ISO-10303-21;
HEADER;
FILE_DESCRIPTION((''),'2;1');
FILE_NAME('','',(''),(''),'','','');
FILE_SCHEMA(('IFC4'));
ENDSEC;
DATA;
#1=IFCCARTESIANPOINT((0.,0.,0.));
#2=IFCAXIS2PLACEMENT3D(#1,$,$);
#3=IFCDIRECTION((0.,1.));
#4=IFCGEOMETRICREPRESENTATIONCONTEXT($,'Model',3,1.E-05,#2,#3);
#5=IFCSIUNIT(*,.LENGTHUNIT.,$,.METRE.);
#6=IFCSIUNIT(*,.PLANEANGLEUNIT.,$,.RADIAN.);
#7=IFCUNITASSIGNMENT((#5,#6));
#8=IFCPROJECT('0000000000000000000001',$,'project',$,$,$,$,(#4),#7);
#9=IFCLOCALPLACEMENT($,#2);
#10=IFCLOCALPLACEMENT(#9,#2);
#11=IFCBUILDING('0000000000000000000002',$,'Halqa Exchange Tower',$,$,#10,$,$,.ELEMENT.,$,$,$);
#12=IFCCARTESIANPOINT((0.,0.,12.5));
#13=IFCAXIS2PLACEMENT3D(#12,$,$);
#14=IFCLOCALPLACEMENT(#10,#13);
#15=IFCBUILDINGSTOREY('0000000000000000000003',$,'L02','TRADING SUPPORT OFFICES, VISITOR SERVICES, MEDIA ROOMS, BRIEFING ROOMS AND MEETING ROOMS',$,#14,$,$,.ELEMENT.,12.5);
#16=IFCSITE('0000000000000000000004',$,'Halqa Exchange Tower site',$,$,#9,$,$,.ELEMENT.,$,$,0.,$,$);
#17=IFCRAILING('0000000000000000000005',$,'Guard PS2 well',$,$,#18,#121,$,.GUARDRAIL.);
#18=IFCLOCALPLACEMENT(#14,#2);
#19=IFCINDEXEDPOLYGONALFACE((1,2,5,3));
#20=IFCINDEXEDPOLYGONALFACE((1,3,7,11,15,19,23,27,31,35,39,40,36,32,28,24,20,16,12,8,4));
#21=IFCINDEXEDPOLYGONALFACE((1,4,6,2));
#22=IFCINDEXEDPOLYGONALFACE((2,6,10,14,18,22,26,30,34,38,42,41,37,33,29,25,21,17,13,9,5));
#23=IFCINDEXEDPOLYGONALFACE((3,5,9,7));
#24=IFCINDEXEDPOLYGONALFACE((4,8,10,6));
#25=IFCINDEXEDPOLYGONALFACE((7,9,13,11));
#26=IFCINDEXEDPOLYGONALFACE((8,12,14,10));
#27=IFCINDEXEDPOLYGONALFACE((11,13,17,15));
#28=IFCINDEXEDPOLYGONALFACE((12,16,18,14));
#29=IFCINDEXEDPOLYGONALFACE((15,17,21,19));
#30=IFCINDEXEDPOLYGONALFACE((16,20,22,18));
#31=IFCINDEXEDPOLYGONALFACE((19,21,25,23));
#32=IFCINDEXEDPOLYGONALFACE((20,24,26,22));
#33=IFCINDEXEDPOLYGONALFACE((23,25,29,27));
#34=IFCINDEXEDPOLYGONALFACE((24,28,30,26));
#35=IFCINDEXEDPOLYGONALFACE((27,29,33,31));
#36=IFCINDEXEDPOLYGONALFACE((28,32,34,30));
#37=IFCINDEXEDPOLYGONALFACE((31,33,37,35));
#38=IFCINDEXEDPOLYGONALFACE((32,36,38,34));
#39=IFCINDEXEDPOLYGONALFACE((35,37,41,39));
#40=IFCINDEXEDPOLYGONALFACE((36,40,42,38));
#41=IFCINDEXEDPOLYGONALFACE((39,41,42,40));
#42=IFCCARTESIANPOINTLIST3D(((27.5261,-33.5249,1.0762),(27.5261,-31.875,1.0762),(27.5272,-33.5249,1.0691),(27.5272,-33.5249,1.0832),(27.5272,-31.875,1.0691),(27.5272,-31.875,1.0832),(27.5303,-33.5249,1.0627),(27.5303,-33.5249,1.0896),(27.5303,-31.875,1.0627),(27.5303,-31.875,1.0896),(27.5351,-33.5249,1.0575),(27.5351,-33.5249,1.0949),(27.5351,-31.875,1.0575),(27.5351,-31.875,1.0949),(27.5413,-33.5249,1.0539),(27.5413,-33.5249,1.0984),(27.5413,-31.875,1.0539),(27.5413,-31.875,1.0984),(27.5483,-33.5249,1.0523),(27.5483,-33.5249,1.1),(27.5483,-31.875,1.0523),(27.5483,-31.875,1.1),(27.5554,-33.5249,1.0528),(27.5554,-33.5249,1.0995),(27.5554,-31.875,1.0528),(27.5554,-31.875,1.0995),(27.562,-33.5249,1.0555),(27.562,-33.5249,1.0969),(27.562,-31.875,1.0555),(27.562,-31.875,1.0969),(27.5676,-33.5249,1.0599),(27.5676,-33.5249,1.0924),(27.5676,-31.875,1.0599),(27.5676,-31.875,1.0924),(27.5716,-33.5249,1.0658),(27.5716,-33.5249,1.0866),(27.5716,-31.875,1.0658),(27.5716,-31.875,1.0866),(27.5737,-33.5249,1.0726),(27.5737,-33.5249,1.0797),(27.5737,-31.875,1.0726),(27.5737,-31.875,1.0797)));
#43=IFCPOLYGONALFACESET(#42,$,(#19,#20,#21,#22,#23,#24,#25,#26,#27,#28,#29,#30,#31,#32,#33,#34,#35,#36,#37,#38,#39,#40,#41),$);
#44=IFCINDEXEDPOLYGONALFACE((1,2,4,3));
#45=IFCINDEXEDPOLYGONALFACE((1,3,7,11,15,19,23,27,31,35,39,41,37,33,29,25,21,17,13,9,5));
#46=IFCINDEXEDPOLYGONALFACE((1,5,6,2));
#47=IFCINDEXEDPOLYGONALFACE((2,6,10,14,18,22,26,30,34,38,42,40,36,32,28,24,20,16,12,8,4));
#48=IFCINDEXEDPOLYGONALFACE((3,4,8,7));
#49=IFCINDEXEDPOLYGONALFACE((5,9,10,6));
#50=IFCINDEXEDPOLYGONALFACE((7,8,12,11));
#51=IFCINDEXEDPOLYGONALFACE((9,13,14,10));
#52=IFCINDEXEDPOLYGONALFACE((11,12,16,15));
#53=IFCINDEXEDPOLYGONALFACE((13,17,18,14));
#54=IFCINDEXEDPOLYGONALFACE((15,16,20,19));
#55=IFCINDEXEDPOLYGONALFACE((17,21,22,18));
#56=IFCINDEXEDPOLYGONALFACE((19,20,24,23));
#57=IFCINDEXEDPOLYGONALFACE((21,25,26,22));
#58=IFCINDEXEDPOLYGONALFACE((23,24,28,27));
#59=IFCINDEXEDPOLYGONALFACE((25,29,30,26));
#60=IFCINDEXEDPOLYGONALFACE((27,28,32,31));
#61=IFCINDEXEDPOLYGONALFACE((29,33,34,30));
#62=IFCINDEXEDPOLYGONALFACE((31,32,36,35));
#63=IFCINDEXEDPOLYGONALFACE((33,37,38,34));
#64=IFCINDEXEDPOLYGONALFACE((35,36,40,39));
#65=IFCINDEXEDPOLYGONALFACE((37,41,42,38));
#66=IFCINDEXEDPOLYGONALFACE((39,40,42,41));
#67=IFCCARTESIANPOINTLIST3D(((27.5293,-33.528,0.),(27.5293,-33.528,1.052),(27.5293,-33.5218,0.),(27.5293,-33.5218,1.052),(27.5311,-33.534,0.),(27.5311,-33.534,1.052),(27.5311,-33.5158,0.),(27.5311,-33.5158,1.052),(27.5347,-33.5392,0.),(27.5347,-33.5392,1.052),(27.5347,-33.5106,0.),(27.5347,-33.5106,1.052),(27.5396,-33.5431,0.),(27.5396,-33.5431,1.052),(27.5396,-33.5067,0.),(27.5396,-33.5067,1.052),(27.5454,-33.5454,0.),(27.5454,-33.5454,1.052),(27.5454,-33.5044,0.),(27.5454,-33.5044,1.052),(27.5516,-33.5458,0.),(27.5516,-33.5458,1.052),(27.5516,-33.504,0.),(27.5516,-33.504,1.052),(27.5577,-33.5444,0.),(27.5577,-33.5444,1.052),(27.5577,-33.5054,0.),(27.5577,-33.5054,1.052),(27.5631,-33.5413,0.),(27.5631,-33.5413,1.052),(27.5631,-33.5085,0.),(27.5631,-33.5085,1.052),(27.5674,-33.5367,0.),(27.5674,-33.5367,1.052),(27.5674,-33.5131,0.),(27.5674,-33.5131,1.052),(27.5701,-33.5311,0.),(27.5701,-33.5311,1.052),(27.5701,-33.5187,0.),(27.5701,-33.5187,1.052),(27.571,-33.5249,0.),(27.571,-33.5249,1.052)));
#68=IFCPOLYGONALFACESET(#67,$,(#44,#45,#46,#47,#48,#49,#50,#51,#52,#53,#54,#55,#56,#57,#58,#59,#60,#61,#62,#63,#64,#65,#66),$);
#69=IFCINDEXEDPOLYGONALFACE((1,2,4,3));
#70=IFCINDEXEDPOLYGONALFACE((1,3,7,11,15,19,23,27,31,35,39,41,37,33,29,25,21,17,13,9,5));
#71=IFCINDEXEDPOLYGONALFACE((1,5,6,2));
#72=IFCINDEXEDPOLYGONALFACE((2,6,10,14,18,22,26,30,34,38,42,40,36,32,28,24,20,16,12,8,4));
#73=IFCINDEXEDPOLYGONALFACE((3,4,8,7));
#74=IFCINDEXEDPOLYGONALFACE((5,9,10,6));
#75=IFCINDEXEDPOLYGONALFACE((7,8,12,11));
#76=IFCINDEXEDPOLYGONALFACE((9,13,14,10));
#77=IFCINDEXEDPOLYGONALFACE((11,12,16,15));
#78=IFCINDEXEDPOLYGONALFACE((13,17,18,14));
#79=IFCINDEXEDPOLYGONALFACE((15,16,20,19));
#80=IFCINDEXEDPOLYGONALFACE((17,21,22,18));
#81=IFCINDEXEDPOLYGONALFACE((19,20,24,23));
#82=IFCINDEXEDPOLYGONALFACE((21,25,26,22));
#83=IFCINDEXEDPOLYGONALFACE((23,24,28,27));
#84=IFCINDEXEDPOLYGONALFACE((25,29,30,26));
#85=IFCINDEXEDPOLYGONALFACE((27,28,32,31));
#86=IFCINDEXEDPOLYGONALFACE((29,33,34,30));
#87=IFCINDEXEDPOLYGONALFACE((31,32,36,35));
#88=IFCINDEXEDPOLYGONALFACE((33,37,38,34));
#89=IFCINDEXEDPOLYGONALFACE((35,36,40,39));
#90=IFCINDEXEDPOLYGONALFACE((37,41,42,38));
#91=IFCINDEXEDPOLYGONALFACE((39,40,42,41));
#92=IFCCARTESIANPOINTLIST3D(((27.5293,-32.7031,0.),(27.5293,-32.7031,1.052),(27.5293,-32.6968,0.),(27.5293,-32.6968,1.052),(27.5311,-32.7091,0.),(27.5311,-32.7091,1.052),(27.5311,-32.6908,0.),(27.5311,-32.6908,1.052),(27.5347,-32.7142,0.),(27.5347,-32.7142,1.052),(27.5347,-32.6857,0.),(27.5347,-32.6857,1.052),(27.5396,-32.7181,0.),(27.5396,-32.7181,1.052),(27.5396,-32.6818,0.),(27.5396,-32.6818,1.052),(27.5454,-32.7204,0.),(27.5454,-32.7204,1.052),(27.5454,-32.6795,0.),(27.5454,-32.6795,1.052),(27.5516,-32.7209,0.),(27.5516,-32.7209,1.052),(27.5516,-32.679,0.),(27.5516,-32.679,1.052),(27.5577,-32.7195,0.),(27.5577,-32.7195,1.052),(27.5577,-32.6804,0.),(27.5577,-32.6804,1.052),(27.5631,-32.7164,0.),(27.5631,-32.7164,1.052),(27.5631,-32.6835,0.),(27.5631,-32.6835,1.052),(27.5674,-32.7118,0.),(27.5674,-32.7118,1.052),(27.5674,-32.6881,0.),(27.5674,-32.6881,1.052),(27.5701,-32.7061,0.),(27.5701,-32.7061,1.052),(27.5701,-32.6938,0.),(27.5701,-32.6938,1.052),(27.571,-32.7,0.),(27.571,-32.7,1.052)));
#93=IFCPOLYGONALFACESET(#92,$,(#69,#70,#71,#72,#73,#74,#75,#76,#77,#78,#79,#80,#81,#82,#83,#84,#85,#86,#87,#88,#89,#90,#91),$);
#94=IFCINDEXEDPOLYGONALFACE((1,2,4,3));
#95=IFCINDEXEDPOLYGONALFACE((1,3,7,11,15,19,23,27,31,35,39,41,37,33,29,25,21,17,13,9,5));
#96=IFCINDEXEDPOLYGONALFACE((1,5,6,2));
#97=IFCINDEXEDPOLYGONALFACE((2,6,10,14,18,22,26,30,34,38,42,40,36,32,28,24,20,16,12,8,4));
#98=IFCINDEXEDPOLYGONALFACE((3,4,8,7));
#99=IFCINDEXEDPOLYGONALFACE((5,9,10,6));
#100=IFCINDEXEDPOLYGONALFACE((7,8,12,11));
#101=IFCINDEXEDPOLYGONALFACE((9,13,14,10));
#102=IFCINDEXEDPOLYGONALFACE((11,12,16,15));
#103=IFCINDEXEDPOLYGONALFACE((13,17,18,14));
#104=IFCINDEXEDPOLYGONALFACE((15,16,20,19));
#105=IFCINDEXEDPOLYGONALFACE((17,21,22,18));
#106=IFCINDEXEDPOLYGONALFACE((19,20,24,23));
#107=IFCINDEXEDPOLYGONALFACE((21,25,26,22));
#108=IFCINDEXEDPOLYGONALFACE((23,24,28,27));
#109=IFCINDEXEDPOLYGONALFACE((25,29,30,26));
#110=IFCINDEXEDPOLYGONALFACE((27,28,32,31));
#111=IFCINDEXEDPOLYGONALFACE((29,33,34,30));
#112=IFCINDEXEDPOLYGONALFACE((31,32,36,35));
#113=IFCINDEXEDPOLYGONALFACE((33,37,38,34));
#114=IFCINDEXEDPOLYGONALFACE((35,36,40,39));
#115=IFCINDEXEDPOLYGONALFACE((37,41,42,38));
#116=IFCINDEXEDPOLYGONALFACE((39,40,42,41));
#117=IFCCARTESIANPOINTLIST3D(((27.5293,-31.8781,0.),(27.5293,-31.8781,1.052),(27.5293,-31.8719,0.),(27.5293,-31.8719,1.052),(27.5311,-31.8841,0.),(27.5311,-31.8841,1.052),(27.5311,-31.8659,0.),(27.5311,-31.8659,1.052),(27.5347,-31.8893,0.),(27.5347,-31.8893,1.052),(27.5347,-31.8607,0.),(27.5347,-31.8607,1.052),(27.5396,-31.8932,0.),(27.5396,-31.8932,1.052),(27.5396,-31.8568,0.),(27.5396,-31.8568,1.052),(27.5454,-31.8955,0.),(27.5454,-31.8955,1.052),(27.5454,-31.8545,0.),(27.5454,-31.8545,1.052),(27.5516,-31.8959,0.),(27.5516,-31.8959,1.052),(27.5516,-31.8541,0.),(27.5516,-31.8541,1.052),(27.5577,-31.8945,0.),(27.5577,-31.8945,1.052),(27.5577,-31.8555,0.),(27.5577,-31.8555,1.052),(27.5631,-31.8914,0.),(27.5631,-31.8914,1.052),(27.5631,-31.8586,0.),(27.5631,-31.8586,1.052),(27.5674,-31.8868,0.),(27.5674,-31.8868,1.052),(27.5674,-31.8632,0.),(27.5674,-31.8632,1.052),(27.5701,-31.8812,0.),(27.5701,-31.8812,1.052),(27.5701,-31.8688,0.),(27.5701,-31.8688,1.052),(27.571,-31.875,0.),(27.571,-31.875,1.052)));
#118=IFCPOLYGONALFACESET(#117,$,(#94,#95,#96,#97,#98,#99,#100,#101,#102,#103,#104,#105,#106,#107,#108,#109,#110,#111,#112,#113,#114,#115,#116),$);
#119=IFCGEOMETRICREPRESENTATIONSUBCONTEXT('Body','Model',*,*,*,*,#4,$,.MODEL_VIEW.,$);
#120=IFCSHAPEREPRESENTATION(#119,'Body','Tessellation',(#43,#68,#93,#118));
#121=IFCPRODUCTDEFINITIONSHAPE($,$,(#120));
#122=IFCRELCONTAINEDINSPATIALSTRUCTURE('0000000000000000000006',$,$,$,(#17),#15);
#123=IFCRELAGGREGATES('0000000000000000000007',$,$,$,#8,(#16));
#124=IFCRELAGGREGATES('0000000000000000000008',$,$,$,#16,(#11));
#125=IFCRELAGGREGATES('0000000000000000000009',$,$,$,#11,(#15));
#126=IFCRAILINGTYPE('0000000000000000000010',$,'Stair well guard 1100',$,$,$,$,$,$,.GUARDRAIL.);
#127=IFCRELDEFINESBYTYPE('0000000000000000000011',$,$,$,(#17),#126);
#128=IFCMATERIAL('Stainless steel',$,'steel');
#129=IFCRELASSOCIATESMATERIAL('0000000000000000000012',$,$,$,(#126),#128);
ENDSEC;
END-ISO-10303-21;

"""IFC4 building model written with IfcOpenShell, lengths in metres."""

from ifc_helpers import new_model, si_unit, direction, frame, origin, origin_2d, place, context, subcontext, project, spatial, circle, extrude, material, type_object, element, save


model = new_model("IFC4")

# Units and contexts
model_context = context("Model", 3, precision=1e-05, world=origin(), true_north=direction((0.0, 1.0)))
body_context = subcontext(model_context, "Body", "Model", "MODEL_VIEW")
ifc_project = project(units=[si_unit("LENGTHUNIT", "METRE"), si_unit("PLANEANGLEUNIT", "RADIAN")], contexts=[model_context])

# Site, building, storey
site_placement = place(None, origin())
site = spatial("IfcSite", under=ifc_project, at=site_placement, Name="Halqa Exchange Tower site", CompositionType="ELEMENT", RefElevation=0.0)
building_placement = place(site_placement, origin())
building = spatial("IfcBuilding", under=site, at=building_placement, Name="Halqa Exchange Tower", CompositionType="ELEMENT")
storey_placement = place(building_placement, frame((0.0, 0.0, 12.5)))
storey = spatial("IfcBuildingStorey", under=building, at=storey_placement, Name="L02", Description="TRADING SUPPORT OFFICES, VISITOR SERVICES, MEDIA ROOMS, BRIEFING ROOMS AND MEETING ROOMS", CompositionType="ELEMENT", Elevation=12.5)

# Railing
ifc_material_1 = material(Name="Stainless steel", Category="steel")
railing_type_1 = type_object("IfcRailingType", Name="Stair well guard 1100", PredefinedType="GUARDRAIL", material=ifc_material_1)
railing_1_placement = place(storey_placement, frame((27.55, -33.5249, 0.0)))
element("IfcRailing", 1, at=railing_1_placement, inside=storey, type_object=railing_type_1, Name="Guard PS2 well", PredefinedType="GUARDRAIL", context=body_context, shape_type="SweptSolid", body=[
    extrude(circle(Radius=0.0239, at=origin_2d()), frame((0.0, 0.0, 1.0762), z_axis=(0.0, 1.0, 0.0), x_axis=(-1.0, 0.0, 0.0)), (0.0, 0.0, 1.0), 1.6499),
    extrude(circle(Radius=0.021, at=origin_2d()), origin(), (0.0, 0.0, 1.0), 1.052),
    extrude(circle(Radius=0.021, at=origin_2d()), frame((0.0, 0.825, 0.0)), (0.0, 0.0, 1.0), 1.052),
    extrude(circle(Radius=0.021, at=origin_2d()), frame((0.0, 1.6499, 0.0)), (0.0, 0.0, 1.0), 1.052),
])

save(model, "model.ifc")
